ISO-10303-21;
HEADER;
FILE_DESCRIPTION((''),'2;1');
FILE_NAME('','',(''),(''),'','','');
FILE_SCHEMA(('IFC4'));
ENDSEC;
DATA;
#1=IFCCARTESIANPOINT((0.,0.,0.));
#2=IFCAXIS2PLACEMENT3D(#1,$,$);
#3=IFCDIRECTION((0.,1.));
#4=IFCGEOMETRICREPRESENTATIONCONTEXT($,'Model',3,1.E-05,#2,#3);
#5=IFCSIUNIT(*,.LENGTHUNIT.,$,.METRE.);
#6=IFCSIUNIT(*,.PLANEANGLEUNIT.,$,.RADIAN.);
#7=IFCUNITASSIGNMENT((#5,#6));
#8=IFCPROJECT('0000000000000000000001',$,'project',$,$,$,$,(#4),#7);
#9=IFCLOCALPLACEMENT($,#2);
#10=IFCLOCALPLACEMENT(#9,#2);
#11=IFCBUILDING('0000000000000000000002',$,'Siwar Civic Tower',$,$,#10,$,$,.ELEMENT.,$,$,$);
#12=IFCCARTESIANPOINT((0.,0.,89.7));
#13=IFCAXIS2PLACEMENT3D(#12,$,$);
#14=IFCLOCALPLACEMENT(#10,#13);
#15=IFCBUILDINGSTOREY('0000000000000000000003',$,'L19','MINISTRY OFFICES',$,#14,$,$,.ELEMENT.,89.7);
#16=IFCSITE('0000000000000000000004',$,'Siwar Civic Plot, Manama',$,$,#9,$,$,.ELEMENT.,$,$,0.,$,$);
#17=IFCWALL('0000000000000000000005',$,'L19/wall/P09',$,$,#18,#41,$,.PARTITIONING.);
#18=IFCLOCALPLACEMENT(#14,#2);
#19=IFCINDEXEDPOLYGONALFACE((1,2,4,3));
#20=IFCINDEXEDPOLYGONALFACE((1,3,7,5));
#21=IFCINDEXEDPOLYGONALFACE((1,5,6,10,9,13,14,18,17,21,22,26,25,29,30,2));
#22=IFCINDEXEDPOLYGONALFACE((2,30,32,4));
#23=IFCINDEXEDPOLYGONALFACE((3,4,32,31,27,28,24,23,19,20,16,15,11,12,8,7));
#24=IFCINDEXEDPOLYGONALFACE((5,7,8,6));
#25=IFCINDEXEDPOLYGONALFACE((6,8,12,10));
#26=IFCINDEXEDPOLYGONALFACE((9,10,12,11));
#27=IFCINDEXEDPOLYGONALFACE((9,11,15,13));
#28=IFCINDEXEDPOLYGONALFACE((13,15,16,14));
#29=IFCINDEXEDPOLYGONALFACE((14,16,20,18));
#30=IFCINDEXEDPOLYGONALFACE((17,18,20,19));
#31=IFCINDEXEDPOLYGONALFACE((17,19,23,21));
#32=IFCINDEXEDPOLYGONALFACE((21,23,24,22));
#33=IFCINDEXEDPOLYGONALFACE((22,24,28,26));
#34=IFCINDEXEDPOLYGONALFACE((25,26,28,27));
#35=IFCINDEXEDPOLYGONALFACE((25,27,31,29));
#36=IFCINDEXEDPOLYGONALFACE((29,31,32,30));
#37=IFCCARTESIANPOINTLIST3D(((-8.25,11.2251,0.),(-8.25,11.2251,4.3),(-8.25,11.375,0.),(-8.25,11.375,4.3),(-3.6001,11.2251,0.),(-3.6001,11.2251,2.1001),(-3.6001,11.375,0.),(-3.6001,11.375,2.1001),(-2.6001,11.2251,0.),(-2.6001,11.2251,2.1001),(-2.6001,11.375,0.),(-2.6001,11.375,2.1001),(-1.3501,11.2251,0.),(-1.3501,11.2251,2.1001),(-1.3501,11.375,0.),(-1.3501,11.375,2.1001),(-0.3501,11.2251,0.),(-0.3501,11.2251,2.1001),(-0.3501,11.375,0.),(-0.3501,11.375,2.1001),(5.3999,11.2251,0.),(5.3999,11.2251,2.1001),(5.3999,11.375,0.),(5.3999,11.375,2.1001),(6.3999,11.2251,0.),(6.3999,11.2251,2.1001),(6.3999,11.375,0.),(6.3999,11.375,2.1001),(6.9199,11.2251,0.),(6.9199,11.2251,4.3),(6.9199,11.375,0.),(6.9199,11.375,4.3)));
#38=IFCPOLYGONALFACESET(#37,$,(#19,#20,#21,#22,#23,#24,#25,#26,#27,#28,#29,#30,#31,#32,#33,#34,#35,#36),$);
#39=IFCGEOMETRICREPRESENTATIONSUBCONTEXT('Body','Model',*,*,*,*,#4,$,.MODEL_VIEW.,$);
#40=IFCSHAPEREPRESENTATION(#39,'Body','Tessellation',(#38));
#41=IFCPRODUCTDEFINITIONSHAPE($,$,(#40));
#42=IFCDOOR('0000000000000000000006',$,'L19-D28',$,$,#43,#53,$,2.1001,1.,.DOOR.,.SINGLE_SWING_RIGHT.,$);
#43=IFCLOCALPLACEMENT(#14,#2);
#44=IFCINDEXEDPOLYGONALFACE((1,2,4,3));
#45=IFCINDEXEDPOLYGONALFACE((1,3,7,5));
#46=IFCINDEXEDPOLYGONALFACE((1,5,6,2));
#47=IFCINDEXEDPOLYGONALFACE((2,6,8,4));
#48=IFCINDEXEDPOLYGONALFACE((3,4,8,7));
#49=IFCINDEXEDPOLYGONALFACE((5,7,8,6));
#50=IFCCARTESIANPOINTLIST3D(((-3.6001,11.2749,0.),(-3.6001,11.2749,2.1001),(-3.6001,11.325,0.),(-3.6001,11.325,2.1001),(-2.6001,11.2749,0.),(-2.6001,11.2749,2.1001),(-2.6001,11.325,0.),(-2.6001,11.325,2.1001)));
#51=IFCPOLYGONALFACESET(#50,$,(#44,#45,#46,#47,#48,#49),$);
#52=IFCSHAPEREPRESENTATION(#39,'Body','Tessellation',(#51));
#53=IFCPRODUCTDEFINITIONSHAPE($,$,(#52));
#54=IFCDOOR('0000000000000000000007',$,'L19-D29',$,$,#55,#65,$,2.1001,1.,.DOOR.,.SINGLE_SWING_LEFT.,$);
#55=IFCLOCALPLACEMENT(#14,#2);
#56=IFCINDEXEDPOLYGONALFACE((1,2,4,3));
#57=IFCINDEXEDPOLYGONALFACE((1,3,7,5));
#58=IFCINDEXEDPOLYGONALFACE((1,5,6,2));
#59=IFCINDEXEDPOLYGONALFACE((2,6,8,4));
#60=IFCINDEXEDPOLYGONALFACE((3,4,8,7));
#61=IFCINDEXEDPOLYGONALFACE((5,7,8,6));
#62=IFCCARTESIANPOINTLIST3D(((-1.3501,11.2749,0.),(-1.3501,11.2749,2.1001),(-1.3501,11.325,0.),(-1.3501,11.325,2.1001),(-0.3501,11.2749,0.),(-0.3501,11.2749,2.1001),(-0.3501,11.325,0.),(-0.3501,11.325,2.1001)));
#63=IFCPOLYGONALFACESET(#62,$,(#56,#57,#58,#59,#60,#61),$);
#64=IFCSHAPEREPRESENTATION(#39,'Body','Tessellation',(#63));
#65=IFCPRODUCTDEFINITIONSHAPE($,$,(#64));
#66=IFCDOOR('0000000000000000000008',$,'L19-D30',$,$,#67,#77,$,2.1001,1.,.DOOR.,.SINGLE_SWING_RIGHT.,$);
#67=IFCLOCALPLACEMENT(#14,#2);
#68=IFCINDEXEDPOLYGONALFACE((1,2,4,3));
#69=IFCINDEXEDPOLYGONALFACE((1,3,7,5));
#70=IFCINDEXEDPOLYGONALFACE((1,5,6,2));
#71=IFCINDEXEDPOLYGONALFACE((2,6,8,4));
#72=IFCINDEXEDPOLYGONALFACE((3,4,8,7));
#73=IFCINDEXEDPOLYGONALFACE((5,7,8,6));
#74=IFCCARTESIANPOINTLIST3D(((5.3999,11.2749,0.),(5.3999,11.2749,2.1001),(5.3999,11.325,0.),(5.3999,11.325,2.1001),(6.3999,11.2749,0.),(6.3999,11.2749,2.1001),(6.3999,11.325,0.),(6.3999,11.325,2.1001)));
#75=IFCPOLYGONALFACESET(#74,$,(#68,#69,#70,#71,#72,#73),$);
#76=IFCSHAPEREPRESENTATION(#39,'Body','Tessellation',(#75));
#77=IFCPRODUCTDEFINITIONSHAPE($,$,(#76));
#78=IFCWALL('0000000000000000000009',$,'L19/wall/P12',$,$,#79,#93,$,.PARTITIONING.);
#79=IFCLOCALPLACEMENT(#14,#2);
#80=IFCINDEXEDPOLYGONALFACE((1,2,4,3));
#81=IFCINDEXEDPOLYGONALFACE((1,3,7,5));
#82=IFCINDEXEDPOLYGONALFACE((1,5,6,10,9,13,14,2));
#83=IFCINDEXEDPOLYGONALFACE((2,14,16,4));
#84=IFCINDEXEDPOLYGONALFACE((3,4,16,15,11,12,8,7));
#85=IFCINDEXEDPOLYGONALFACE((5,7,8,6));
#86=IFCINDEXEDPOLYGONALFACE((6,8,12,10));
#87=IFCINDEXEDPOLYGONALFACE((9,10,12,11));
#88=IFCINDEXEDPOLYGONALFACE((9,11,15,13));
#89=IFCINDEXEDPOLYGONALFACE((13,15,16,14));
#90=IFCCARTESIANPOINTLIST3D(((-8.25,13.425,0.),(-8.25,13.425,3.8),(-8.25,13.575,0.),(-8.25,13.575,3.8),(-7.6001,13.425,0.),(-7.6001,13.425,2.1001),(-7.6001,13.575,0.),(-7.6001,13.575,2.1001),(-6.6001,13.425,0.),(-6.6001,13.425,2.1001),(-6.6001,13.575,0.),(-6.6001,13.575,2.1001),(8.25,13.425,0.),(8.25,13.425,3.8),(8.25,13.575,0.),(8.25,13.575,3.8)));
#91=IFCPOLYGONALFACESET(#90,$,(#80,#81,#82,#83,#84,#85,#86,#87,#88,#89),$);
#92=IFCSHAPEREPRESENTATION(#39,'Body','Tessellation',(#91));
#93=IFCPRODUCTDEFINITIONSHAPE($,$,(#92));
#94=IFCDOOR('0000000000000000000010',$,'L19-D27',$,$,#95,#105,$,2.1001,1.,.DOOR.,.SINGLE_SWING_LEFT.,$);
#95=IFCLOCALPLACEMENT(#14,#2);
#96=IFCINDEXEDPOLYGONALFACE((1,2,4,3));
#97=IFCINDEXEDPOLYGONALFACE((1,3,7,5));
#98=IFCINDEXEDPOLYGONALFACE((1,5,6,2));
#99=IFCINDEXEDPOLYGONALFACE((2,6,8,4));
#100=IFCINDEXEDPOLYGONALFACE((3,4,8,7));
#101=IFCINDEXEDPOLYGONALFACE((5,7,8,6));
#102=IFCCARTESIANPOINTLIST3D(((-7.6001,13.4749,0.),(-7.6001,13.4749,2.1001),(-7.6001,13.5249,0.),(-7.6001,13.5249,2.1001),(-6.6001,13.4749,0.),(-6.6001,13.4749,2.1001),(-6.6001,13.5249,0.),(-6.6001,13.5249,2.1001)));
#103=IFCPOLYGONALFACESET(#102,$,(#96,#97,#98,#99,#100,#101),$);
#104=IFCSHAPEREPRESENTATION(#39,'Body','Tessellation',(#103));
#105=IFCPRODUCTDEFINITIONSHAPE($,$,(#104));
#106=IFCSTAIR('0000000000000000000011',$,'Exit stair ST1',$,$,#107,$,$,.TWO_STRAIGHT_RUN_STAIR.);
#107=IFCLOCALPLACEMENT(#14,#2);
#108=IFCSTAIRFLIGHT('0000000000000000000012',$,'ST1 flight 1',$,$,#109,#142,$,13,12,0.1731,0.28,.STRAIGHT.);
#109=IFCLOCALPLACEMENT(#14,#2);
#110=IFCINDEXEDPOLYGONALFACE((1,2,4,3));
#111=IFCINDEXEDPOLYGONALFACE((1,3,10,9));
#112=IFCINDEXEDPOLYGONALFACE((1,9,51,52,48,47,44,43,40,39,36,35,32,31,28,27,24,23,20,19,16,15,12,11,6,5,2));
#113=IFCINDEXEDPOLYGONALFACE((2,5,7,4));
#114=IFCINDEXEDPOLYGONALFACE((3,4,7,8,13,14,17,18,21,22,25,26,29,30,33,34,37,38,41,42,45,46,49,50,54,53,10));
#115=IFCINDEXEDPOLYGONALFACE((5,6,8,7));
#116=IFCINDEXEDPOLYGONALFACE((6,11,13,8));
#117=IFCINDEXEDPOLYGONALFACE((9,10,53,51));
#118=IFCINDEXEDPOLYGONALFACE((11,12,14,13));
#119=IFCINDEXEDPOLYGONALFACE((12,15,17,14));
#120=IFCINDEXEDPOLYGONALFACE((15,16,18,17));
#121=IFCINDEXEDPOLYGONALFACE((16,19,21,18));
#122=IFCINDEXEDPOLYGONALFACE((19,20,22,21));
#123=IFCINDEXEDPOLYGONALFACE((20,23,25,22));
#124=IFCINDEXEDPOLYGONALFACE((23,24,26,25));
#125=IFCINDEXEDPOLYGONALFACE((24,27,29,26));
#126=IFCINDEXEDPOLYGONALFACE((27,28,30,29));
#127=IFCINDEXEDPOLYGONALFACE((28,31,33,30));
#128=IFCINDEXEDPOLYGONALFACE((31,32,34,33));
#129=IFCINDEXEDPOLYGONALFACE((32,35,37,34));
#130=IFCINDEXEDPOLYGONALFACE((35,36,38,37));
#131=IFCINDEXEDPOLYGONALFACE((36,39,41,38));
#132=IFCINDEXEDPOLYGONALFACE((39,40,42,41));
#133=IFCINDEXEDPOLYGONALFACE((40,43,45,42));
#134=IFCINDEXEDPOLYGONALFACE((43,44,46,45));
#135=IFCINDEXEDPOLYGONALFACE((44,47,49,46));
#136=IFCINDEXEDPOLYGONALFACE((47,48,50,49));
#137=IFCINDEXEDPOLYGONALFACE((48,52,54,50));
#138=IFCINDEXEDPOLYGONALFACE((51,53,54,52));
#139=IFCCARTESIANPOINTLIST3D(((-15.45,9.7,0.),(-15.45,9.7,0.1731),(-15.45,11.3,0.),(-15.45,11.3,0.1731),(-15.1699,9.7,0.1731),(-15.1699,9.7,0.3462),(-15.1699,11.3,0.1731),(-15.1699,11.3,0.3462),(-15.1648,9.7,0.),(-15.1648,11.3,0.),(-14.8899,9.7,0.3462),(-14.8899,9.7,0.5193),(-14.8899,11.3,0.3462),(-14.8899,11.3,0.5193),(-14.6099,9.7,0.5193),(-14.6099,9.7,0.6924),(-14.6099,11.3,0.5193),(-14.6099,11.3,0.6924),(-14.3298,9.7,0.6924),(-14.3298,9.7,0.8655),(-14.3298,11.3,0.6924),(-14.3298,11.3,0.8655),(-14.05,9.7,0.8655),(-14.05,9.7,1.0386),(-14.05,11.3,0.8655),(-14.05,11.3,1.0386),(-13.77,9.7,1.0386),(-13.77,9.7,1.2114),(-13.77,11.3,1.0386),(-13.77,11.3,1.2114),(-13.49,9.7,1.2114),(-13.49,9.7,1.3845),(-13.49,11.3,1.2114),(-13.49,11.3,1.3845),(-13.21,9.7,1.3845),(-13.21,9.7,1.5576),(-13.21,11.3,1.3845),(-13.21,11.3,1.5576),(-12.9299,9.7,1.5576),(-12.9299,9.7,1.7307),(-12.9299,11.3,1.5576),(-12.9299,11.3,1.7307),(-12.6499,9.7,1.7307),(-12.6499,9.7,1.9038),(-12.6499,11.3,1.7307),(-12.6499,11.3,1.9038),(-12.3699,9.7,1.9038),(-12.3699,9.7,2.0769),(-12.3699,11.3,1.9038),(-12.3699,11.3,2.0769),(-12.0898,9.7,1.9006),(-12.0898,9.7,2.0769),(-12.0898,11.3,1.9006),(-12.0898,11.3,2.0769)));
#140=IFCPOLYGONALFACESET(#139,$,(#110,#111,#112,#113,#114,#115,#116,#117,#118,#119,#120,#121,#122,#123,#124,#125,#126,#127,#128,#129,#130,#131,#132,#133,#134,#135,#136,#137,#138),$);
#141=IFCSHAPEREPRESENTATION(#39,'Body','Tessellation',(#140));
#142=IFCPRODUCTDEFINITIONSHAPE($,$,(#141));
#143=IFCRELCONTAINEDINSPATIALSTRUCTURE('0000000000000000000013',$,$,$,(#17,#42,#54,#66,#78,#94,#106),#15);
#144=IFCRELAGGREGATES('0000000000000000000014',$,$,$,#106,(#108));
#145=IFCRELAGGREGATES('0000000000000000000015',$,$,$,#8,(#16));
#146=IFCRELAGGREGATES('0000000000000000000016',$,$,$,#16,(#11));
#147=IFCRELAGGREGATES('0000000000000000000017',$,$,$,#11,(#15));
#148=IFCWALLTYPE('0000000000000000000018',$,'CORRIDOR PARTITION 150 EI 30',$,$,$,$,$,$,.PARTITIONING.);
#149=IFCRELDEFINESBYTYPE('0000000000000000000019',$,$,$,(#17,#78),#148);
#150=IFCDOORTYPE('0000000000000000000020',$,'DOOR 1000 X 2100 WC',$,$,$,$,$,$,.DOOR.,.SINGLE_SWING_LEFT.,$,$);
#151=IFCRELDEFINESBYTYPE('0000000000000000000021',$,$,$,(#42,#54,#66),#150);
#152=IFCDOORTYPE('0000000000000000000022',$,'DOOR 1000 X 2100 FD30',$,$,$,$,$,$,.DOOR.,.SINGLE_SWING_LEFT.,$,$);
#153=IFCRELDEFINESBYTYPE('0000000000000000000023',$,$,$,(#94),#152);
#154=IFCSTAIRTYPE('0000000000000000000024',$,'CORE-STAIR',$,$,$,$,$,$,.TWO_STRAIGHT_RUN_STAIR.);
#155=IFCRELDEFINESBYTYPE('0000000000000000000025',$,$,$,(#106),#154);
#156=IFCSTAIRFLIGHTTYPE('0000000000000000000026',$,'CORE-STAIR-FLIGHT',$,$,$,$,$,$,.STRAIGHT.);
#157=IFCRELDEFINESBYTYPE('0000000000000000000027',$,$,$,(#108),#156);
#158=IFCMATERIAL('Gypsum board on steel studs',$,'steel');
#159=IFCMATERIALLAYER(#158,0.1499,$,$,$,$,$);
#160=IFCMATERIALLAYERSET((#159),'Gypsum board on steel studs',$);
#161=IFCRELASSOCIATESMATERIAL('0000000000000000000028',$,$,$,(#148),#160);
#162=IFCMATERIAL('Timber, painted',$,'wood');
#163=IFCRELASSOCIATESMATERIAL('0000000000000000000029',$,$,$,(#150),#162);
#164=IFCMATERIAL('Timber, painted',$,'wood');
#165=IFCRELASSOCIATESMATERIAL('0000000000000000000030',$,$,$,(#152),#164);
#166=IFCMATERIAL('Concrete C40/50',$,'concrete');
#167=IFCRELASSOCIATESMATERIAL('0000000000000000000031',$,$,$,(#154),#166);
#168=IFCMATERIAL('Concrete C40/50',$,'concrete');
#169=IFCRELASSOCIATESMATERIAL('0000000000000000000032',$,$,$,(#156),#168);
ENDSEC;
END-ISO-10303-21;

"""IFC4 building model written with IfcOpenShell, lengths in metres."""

from ifc_helpers import new_model, si_unit, direction, frame, frame_2d, origin, place, context, subcontext, project, spatial, polyline, rectangle, outline, extrude, material, layer, layer_set, type_object, element, fill, aggregate, save


model = new_model("IFC4")

# Units and contexts
model_context = context("Model", 3, precision=1e-05, world=origin(), true_north=direction((0.0, 1.0)))
body_context = subcontext(model_context, "Body", "Model", "MODEL_VIEW")
ifc_project = project(units=[si_unit("LENGTHUNIT", "METRE"), si_unit("PLANEANGLEUNIT", "RADIAN")], contexts=[model_context])

# Site, building, storey
site_placement = place(None, origin())
site = spatial("IfcSite", under=ifc_project, at=site_placement, Name="Siwar Civic Plot, Manama", CompositionType="ELEMENT", RefElevation=0.0)
building_placement = place(site_placement, origin())
building = spatial("IfcBuilding", under=site, at=building_placement, Name="Siwar Civic Tower", CompositionType="ELEMENT")
storey_placement = place(building_placement, frame((0.0, 0.0, 89.7)))
storey = spatial("IfcBuildingStorey", under=building, at=storey_placement, Name="L19", Description="MINISTRY OFFICES", CompositionType="ELEMENT", Elevation=89.7)

# Wall, openings, doors
ifc_material_1 = material(Name="Gypsum board on steel studs", Category="steel")
ifc_layer_1 = layer(ifc_material_1, 0.1499)
ifc_layer_set_1 = layer_set([ifc_layer_1], Name="Gypsum board on steel studs")
wall_type_1 = type_object("IfcWallType", Name="CORRIDOR PARTITION 150 EI 30", PredefinedType="PARTITIONING", material=ifc_layer_set_1)
wall_1_placement = place(storey_placement, frame((-8.25, 11.3, 0.0), z_axis=(0.0, 0.0, 1.0), x_axis=(1.0, 0.0, 0.0)))
wall_1 = element("IfcWall", 1, at=wall_1_placement, inside=storey, type_object=wall_type_1, Name="L19/wall/P09", PredefinedType="PARTITIONING", context=body_context, shape_type="SweptSolid", body=[
    extrude(rectangle(XDim=15.1699, YDim=0.1499, at=frame_2d((7.585, 0.0))), origin(), (0.0, 0.0, 1.0), 4.3),
])
opening_1_placement = place(wall_1_placement, frame((4.6499, 0.0, 0.0)))
opening_1 = element("IfcOpeningElement", 2, at=opening_1_placement, cuts=wall_1, PredefinedType="OPENING", context=body_context, shape_type="SweptSolid", body=[
    extrude(rectangle(XDim=1.0, YDim=2.1001, at=frame_2d((0.5, 1.05))), frame((0.0, 0.085, 0.0), z_axis=(0.0, -1.0, 0.0), x_axis=(1.0, 0.0, 0.0)), (0.0, 0.0, 1.0), 0.1699),
])
opening_2_placement = place(wall_1_placement, frame((6.8999, 0.0, 0.0)))
opening_2 = element("IfcOpeningElement", 3, at=opening_2_placement, cuts=wall_1, PredefinedType="OPENING", context=body_context, shape_type="SweptSolid", body=[
    extrude(rectangle(XDim=1.0, YDim=2.1001, at=frame_2d((0.5, 1.05))), frame((0.0, 0.085, 0.0), z_axis=(0.0, -1.0, 0.0), x_axis=(1.0, 0.0, 0.0)), (0.0, 0.0, 1.0), 0.1699),
])
opening_3_placement = place(wall_1_placement, frame((13.6499, 0.0, 0.0)))
opening_3 = element("IfcOpeningElement", 4, at=opening_3_placement, cuts=wall_1, PredefinedType="OPENING", context=body_context, shape_type="SweptSolid", body=[
    extrude(rectangle(XDim=1.0, YDim=2.1001, at=frame_2d((0.5, 1.05))), frame((0.0, 0.085, 0.0), z_axis=(0.0, -1.0, 0.0), x_axis=(1.0, 0.0, 0.0)), (0.0, 0.0, 1.0), 0.1699),
])
ifc_material_2 = material(Name="Timber, painted", Category="wood")
door_type_1 = type_object("IfcDoorType", Name="DOOR 1000 X 2100 WC", OperationType="SINGLE_SWING_LEFT", PredefinedType="DOOR", material=ifc_material_2)
door_1_placement = place(opening_1_placement, origin())
door_1 = element("IfcDoor", 5, at=door_1_placement, inside=storey, type_object=door_type_1, Name="L19-D28", OperationType="SINGLE_SWING_RIGHT", OverallHeight=2.1001, OverallWidth=1.0, PredefinedType="DOOR", context=body_context, shape_type="SweptSolid", body=[
    extrude(rectangle(XDim=1.0, YDim=2.1001, at=frame_2d((0.5, 1.05))), frame((0.0, 0.0249, 0.0), z_axis=(0.0, -1.0, 0.0), x_axis=(1.0, 0.0, 0.0)), (0.0, 0.0, 1.0), 0.05),
])
fill(opening_1, door_1)
door_2_placement = place(opening_2_placement, origin())
door_2 = element("IfcDoor", 6, at=door_2_placement, inside=storey, type_object=door_type_1, Name="L19-D29", OperationType="SINGLE_SWING_LEFT", OverallHeight=2.1001, OverallWidth=1.0, PredefinedType="DOOR", context=body_context, shape_type="SweptSolid", body=[
    extrude(rectangle(XDim=1.0, YDim=2.1001, at=frame_2d((0.5, 1.05))), frame((0.0, 0.0249, 0.0), z_axis=(0.0, -1.0, 0.0), x_axis=(1.0, 0.0, 0.0)), (0.0, 0.0, 1.0), 0.05),
])
fill(opening_2, door_2)
door_3_placement = place(opening_3_placement, origin())
door_3 = element("IfcDoor", 7, at=door_3_placement, inside=storey, type_object=door_type_1, Name="L19-D30", OperationType="SINGLE_SWING_RIGHT", OverallHeight=2.1001, OverallWidth=1.0, PredefinedType="DOOR", context=body_context, shape_type="SweptSolid", body=[
    extrude(rectangle(XDim=1.0, YDim=2.1001, at=frame_2d((0.5, 1.05))), frame((0.0, 0.0249, 0.0), z_axis=(0.0, -1.0, 0.0), x_axis=(1.0, 0.0, 0.0)), (0.0, 0.0, 1.0), 0.05),
])
fill(opening_3, door_3)

# Wall, opening, door
wall_2_placement = place(storey_placement, frame((-8.25, 13.5, 0.0), z_axis=(0.0, 0.0, 1.0), x_axis=(1.0, 0.0, 0.0)))
wall_2 = element("IfcWall", 8, at=wall_2_placement, inside=storey, type_object=wall_type_1, Name="L19/wall/P12", PredefinedType="PARTITIONING", context=body_context, shape_type="SweptSolid", body=[
    extrude(rectangle(XDim=16.5, YDim=0.1499, at=frame_2d((8.25, 0.0))), origin(), (0.0, 0.0, 1.0), 3.8),
])
opening_4_placement = place(wall_2_placement, frame((0.6499, 0.0, 0.0)))
opening_4 = element("IfcOpeningElement", 9, at=opening_4_placement, cuts=wall_2, PredefinedType="OPENING", context=body_context, shape_type="SweptSolid", body=[
    extrude(rectangle(XDim=1.0, YDim=2.1001, at=frame_2d((0.5, 1.05))), frame((0.0, 0.085, 0.0), z_axis=(0.0, -1.0, 0.0), x_axis=(1.0, 0.0, 0.0)), (0.0, 0.0, 1.0), 0.1699),
])
ifc_material_3 = material(Name="Timber, painted", Category="wood")
door_type_2 = type_object("IfcDoorType", Name="DOOR 1000 X 2100 FD30", OperationType="SINGLE_SWING_LEFT", PredefinedType="DOOR", material=ifc_material_3)
door_4_placement = place(opening_4_placement, origin())
door_4 = element("IfcDoor", 10, at=door_4_placement, inside=storey, type_object=door_type_2, Name="L19-D27", OperationType="SINGLE_SWING_LEFT", OverallHeight=2.1001, OverallWidth=1.0, PredefinedType="DOOR", context=body_context, shape_type="SweptSolid", body=[
    extrude(rectangle(XDim=1.0, YDim=2.1001, at=frame_2d((0.5, 1.05))), frame((0.0, 0.0249, 0.0), z_axis=(0.0, -1.0, 0.0), x_axis=(1.0, 0.0, 0.0)), (0.0, 0.0, 1.0), 0.05),
])
fill(opening_4, door_4)

# Stair, stair flight
ifc_material_4 = material(Name="Concrete C40/50", Category="concrete")
stair_type = type_object("IfcStairType", Name="CORE-STAIR", PredefinedType="TWO_STRAIGHT_RUN_STAIR", material=ifc_material_4)
stair_placement = place(storey_placement, origin())
stair = element("IfcStair", 11, at=stair_placement, inside=storey, type_object=stair_type, Name="Exit stair ST1", PredefinedType="TWO_STRAIGHT_RUN_STAIR")
ifc_material_5 = material(Name="Concrete C40/50", Category="concrete")
stair_flight_type = type_object("IfcStairFlightType", Name="CORE-STAIR-FLIGHT", PredefinedType="STRAIGHT", material=ifc_material_5)
stair_flight_1_placement = place(storey_placement, frame((-15.45, 10.5, 0.0), z_axis=(0.0, 0.0, 1.0), x_axis=(1.0, 0.0, 0.0)))
stair_flight_1 = element("IfcStairFlight", 12, at=stair_flight_1_placement, type_object=stair_flight_type, Name="ST1 flight 1", NumberOfRisers=13, NumberOfTreads=12, PredefinedType="STRAIGHT", RiserHeight=0.1731, TreadLength=0.28, context=body_context, shape_type="SweptSolid", body=[
    extrude(outline(polyline([(0.0, 0.0), (0.0, 0.1731), (0.28, 0.1731), (0.28, 0.3462), (0.5601, 0.3462), (0.5601, 0.5193), (0.8401, 0.5193), (0.8401, 0.6924), (1.1201, 0.6924), (1.1201, 0.8655), (1.3999, 0.8655), (1.3999, 1.0386), (1.6799, 1.0386), (1.6799, 1.2114), (1.96, 1.2114), (1.96, 1.3845), (2.24, 1.3845), (2.24, 1.5576), (2.52, 1.5576), (2.52, 1.7307), (2.8, 1.7307), (2.8, 1.9038), (3.0801, 1.9038), (3.0801, 2.0769), (3.3601, 2.0769), (3.3601, 2.25), (3.3601, 1.9006), (0.2852, 0.0), (0.0, 0.0)])), frame((0.0, 0.8, 0.0), z_axis=(0.0, -1.0, 0.0), x_axis=(1.0, 0.0, 0.0)), (0.0, 0.0, 1.0), 1.6001),
])
aggregate(stair, [stair_flight_1])

save(model, "model.ifc")
